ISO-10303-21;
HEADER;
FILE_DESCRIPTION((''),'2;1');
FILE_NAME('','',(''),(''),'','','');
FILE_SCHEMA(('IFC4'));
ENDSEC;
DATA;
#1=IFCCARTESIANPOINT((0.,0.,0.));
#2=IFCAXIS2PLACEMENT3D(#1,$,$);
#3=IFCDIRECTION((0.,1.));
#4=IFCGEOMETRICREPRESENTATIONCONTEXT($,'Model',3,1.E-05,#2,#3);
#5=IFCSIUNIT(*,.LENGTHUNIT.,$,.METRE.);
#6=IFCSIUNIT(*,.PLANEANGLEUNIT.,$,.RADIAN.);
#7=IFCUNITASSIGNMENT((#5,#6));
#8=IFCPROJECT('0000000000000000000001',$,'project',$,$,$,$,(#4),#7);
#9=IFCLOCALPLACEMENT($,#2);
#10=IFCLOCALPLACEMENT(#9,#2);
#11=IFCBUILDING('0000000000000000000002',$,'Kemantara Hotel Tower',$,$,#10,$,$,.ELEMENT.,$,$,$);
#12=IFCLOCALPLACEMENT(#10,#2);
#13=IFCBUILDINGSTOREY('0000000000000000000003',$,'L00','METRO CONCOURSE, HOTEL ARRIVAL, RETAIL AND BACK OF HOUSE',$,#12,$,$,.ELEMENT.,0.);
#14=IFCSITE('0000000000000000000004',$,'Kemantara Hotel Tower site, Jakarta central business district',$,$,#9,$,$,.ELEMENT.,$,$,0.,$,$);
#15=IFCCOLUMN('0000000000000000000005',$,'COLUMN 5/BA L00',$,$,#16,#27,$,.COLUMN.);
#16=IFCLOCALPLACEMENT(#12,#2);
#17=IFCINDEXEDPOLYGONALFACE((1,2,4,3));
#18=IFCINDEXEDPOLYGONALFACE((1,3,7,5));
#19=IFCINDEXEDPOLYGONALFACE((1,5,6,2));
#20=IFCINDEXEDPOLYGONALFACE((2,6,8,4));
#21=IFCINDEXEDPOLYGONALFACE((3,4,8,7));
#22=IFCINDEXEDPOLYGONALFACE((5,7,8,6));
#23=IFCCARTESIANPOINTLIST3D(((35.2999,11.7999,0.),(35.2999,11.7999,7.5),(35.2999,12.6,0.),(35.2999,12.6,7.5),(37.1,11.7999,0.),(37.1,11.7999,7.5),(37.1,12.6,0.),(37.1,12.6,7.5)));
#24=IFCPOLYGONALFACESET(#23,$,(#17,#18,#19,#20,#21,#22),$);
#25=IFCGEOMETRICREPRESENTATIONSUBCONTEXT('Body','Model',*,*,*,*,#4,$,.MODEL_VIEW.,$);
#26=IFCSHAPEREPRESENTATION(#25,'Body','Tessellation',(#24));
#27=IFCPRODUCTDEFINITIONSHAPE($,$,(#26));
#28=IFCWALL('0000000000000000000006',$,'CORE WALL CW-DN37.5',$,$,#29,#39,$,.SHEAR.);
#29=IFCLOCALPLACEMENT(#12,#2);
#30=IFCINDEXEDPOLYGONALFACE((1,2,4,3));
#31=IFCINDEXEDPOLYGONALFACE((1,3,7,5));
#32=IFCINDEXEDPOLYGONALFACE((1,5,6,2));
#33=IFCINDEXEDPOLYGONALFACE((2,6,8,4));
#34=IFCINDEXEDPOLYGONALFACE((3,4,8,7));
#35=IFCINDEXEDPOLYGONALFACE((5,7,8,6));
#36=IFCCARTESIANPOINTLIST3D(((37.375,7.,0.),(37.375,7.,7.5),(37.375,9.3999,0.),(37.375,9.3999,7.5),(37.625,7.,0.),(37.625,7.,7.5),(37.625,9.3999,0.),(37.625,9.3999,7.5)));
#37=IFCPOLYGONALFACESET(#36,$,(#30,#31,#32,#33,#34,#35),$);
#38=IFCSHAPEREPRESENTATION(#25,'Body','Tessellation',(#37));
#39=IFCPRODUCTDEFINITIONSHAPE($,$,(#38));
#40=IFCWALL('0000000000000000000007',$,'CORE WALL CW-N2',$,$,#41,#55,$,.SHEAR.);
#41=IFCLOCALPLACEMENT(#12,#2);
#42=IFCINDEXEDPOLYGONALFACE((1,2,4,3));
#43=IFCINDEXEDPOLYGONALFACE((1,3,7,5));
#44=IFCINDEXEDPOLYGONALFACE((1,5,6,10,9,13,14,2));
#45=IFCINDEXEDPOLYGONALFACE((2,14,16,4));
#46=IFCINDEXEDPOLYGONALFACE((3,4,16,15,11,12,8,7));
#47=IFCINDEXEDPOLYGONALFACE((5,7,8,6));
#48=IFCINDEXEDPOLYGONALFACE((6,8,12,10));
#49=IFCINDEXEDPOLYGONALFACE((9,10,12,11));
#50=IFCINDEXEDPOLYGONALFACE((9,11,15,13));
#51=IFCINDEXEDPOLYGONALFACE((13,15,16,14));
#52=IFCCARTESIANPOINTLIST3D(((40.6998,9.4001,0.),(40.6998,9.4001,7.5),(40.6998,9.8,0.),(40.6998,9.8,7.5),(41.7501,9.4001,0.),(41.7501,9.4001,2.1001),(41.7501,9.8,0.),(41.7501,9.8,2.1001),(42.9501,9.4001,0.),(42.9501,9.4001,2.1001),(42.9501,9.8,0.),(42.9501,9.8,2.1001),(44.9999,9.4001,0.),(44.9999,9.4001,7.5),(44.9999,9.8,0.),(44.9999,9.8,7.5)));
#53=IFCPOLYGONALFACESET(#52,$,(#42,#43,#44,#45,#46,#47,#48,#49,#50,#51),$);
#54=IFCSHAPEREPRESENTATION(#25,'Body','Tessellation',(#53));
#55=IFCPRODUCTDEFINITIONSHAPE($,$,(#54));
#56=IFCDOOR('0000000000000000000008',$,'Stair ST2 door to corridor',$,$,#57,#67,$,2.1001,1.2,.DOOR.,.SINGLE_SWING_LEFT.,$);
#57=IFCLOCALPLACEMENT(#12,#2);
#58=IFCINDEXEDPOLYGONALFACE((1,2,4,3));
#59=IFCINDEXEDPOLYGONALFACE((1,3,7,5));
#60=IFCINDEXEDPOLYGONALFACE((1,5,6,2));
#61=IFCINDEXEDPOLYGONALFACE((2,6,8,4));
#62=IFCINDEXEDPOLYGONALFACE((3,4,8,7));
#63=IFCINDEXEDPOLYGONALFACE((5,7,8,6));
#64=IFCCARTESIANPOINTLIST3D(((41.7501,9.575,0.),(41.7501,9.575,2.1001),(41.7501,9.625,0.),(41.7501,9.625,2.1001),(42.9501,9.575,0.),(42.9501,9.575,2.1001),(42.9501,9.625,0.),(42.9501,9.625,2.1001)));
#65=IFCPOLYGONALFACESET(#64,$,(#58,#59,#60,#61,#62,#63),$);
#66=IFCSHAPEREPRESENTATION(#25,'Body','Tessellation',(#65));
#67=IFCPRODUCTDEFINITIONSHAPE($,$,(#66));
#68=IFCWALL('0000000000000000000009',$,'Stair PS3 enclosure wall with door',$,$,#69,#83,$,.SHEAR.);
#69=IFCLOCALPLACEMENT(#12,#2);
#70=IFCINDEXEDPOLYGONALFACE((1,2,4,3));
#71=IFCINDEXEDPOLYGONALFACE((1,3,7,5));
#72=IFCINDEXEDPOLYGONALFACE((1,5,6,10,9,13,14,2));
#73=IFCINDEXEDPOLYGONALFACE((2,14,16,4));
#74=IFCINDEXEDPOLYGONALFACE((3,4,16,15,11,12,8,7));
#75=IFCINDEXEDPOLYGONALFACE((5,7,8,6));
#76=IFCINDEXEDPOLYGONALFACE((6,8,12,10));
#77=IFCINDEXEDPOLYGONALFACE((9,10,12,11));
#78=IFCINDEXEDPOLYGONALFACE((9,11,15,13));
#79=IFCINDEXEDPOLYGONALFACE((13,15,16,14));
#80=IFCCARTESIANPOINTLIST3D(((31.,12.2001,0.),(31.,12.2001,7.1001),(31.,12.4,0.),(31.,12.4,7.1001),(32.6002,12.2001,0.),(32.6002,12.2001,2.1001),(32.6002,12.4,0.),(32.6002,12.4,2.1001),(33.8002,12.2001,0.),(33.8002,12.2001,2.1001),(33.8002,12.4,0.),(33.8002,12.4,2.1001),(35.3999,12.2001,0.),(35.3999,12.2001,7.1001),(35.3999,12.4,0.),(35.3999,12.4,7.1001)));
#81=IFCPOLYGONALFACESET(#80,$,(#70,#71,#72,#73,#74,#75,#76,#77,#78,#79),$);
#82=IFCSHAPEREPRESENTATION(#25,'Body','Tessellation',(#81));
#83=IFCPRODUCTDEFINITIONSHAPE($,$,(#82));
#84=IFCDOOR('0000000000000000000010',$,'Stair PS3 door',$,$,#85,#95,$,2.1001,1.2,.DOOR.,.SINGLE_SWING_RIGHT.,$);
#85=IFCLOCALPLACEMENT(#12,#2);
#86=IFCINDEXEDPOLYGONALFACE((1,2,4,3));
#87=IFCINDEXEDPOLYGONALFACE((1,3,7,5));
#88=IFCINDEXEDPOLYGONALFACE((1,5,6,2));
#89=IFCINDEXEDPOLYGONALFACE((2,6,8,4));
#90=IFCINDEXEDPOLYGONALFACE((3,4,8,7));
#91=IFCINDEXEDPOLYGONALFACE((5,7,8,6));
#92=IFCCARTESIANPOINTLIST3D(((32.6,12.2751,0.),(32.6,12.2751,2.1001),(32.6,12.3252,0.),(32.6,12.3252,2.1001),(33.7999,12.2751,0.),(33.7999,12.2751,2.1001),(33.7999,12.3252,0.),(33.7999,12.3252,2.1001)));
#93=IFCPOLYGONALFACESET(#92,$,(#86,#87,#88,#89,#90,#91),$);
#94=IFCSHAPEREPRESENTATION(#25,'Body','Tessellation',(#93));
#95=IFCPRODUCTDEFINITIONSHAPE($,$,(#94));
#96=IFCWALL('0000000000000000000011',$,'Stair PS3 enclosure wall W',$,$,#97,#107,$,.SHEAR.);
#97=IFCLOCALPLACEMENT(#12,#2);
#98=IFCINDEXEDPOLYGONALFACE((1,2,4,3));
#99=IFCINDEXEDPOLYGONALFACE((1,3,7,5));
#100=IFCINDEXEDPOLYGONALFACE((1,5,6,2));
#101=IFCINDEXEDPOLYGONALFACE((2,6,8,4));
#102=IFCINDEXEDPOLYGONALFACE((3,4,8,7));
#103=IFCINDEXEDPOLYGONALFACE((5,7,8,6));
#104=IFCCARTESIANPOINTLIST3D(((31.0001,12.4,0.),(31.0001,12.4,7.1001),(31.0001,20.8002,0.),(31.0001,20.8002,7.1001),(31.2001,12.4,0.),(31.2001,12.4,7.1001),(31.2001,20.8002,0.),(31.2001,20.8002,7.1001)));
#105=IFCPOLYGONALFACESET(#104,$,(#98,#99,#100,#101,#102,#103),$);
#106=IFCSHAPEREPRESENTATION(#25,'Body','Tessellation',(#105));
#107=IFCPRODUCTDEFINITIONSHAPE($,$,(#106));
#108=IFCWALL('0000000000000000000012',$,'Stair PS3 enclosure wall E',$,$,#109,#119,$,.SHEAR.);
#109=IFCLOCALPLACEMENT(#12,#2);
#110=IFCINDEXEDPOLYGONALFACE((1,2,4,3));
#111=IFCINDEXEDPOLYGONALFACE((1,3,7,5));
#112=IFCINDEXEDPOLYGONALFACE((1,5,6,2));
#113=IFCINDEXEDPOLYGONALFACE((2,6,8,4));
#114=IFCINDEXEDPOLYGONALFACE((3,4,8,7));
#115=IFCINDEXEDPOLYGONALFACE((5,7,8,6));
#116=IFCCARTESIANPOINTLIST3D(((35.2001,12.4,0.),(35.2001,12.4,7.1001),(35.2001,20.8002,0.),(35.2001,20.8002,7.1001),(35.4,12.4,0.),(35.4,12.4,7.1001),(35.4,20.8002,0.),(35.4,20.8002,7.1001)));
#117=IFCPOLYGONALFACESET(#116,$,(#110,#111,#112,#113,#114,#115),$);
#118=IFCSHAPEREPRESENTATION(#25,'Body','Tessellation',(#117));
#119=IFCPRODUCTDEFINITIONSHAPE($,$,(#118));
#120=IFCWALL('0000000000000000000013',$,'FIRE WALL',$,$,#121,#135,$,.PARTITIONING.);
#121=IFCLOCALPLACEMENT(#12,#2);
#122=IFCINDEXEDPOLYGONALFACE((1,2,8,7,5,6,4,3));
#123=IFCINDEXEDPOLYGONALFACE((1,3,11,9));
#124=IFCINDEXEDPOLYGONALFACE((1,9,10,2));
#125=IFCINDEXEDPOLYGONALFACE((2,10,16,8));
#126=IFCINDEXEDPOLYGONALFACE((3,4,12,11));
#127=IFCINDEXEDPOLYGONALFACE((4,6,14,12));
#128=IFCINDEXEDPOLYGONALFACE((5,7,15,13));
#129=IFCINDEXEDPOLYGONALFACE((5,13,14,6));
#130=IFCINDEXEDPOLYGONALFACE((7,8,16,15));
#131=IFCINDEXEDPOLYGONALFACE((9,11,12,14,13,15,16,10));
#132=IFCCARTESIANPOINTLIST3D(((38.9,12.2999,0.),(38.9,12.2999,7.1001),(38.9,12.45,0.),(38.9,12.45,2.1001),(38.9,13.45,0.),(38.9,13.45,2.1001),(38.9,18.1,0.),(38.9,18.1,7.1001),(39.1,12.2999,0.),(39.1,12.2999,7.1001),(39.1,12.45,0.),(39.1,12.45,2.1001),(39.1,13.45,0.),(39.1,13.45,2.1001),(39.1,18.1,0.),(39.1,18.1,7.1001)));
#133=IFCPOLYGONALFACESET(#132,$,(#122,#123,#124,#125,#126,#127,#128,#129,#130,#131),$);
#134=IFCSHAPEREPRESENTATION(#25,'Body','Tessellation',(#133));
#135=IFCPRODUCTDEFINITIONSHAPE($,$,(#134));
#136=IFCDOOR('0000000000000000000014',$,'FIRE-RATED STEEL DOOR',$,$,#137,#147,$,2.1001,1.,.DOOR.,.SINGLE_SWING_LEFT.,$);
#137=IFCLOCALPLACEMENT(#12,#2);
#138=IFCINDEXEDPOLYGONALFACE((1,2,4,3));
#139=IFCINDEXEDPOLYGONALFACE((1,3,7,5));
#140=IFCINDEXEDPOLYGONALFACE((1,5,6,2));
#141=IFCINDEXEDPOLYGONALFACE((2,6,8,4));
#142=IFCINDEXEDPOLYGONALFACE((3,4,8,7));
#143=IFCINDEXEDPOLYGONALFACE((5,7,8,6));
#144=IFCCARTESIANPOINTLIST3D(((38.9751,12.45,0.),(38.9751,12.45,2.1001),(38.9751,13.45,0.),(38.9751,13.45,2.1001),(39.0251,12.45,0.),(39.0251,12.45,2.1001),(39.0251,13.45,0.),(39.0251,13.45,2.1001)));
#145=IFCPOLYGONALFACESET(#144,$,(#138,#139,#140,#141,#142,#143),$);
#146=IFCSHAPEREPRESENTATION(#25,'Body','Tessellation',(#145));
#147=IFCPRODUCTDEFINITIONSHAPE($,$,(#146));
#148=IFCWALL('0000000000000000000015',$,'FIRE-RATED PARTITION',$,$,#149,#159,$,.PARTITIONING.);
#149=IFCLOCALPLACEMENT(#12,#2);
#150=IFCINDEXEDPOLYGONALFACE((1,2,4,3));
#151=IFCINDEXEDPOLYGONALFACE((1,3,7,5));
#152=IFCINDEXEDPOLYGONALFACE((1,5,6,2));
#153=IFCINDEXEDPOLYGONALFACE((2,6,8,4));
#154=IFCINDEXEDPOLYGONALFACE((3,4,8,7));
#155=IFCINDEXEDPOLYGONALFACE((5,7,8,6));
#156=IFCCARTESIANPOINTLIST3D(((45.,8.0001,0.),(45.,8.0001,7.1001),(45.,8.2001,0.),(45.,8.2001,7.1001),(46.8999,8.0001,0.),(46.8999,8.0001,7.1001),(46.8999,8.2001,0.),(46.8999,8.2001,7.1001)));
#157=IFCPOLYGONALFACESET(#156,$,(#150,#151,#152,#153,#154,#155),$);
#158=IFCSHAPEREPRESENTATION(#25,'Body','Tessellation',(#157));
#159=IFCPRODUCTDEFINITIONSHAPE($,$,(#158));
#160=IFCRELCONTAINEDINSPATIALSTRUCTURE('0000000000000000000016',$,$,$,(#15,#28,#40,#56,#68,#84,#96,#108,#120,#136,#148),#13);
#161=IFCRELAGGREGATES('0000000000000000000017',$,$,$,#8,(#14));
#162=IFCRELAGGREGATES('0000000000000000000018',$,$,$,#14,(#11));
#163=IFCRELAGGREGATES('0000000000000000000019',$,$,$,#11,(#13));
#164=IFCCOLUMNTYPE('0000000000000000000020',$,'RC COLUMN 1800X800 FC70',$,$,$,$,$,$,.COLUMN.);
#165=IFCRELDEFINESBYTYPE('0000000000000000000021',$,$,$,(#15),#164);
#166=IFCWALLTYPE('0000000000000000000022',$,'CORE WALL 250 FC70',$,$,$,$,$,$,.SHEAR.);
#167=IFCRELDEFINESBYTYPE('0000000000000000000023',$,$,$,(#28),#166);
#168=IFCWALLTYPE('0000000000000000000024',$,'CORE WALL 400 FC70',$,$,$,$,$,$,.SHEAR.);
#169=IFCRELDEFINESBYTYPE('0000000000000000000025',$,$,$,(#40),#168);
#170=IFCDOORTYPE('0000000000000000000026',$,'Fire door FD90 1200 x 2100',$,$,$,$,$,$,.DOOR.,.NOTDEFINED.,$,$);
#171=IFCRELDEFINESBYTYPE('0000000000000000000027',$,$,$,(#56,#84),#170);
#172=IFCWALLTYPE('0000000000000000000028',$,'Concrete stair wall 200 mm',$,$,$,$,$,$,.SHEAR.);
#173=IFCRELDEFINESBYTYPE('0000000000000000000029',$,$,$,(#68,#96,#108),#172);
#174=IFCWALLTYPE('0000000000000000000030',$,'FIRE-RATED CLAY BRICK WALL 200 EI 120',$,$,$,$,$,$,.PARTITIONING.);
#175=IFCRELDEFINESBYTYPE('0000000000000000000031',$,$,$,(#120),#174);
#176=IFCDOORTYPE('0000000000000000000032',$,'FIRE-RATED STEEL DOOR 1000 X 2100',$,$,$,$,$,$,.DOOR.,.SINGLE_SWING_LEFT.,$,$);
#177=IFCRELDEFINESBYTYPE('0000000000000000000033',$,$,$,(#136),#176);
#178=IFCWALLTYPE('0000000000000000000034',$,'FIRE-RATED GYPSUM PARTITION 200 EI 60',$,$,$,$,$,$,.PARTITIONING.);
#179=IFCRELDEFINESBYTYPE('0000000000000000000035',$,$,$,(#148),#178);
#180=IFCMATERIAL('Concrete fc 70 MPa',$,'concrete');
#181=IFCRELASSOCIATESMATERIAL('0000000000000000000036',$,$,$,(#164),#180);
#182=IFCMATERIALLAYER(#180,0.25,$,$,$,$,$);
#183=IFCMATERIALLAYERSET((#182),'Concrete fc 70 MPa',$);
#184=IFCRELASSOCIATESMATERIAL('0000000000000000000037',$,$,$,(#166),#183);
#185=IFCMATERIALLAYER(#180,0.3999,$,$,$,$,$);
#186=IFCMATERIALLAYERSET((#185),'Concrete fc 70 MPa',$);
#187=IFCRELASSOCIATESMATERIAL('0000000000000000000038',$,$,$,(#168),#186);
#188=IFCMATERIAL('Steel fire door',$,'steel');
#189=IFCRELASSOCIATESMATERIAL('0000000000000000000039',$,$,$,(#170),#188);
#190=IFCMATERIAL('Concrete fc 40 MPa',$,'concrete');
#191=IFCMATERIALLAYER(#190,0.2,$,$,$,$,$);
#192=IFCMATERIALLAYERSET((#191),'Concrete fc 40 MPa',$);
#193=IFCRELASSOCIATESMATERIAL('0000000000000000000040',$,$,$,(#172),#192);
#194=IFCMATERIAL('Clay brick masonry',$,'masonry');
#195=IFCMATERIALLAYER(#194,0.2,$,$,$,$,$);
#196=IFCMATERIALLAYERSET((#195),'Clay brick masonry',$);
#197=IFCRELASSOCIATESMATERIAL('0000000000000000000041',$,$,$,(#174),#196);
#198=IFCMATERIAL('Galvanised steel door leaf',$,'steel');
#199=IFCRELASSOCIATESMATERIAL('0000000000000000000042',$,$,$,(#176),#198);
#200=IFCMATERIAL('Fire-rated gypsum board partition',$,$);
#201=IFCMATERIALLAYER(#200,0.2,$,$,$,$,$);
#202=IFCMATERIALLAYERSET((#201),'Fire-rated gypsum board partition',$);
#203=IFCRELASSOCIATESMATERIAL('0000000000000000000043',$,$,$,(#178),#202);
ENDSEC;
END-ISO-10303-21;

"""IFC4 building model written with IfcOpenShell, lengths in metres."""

from ifc_helpers import new_model, si_unit, direction, frame, frame_2d, origin, origin_2d, place, context, subcontext, project, spatial, rectangle, extrude, material, layer, layer_set, material_profile, profile_set, type_object, element, fill, save


model = new_model("IFC4")

# Units and contexts
model_context = context("Model", 3, precision=1e-05, world=origin(), true_north=direction((0.0, 1.0)))
body_context = subcontext(model_context, "Body", "Model", "MODEL_VIEW")
ifc_project = project(units=[si_unit("LENGTHUNIT", "METRE"), si_unit("PLANEANGLEUNIT", "RADIAN")], contexts=[model_context])

# Site, building, storey
site_placement = place(None, origin())
site = spatial("IfcSite", under=ifc_project, at=site_placement, Name="Kemantara Hotel Tower site, Jakarta central business district", CompositionType="ELEMENT", RefElevation=0.0)
building_placement = place(site_placement, origin())
building = spatial("IfcBuilding", under=site, at=building_placement, Name="Kemantara Hotel Tower", CompositionType="ELEMENT")
storey_placement = place(building_placement, origin())
storey = spatial("IfcBuildingStorey", under=building, at=storey_placement, Name="L00", Description="METRO CONCOURSE, HOTEL ARRIVAL, RETAIL AND BACK OF HOUSE", CompositionType="ELEMENT", Elevation=0.0)

# Column
ifc_material_1 = material(Name="Concrete fc 70 MPa", Category="concrete")
ifc_material_profile = material_profile(ifc_material_1, rectangle(XDim=1.8, YDim=0.8, at=origin_2d()), Name="RC 1800X800")
ifc_profile_set = profile_set([ifc_material_profile], Name="Concrete fc 70 MPa")
column_type = type_object("IfcColumnType", Name="RC COLUMN 1800X800 FC70", PredefinedType="COLUMN", material=ifc_profile_set)
column_placement = place(storey_placement, frame((36.2, 12.2, 0.0), z_axis=(0.0, 0.0, 1.0), x_axis=(1.0, 0.0, 0.0)))
element("IfcColumn", 1, at=column_placement, inside=storey, type_object=column_type, Name="COLUMN 5/BA L00", PredefinedType="COLUMN", context=body_context, shape_type="SweptSolid", body=[
    extrude(rectangle(XDim=1.8, YDim=0.8, at=origin_2d()), origin(), (0.0, 0.0, 1.0), 7.5),
])

# Wall
ifc_layer_1 = layer(ifc_material_1, 0.25)
ifc_layer_set_1 = layer_set([ifc_layer_1], Name="Concrete fc 70 MPa")
wall_type_1 = type_object("IfcWallType", Name="CORE WALL 250 FC70", PredefinedType="SHEAR", material=ifc_layer_set_1)
wall_1_placement = place(storey_placement, frame((37.5, 7.0, 0.0), z_axis=(0.0, 0.0, 1.0), x_axis=(0.0, 1.0, 0.0)))
element("IfcWall", 2, at=wall_1_placement, inside=storey, type_object=wall_type_1, Name="CORE WALL CW-DN37.5", PredefinedType="SHEAR", context=body_context, shape_type="SweptSolid", body=[
    extrude(rectangle(XDim=2.3999, YDim=0.25, at=frame_2d((1.2, 0.0))), origin(), (0.0, 0.0, 1.0), 7.5),
])

# Walls, openings, doors
ifc_layer_2 = layer(ifc_material_1, 0.3999)
ifc_layer_set_2 = layer_set([ifc_layer_2], Name="Concrete fc 70 MPa")
wall_type_2 = type_object("IfcWallType", Name="CORE WALL 400 FC70", PredefinedType="SHEAR", material=ifc_layer_set_2)
wall_2_placement = place(storey_placement, frame((40.7, 9.6001, 0.0), z_axis=(0.0, 0.0, 1.0), x_axis=(1.0, 0.0, 0.0)))
wall_2 = element("IfcWall", 3, at=wall_2_placement, inside=storey, type_object=wall_type_2, Name="CORE WALL CW-N2", PredefinedType="SHEAR", context=body_context, shape_type="SweptSolid", body=[
    extrude(rectangle(XDim=4.3, YDim=0.3999, at=frame_2d((2.1499, 0.0))), origin(), (0.0, 0.0, 1.0), 7.5),
])
opening_1_placement = place(wall_2_placement, frame((1.05, 0.0, 0.0)))
opening_1 = element("IfcOpeningElement", 4, at=opening_1_placement, cuts=wall_2, PredefinedType="OPENING", context=body_context, shape_type="SweptSolid", body=[
    extrude(rectangle(XDim=1.2, YDim=2.1001, at=frame_2d((0.6001, 1.05))), frame((0.0, 0.21, 0.0), z_axis=(0.0, -1.0, 0.0), x_axis=(1.0, 0.0, 0.0)), (0.0, 0.0, 1.0), 0.4199),
])
ifc_material_2 = material(Name="Steel fire door", Category="steel")
door_type_1 = type_object("IfcDoorType", Name="Fire door FD90 1200 x 2100", OperationType="NOTDEFINED", PredefinedType="DOOR", material=ifc_material_2)
door_1_placement = place(opening_1_placement, origin())
door_1 = element("IfcDoor", 5, at=door_1_placement, inside=storey, type_object=door_type_1, Name="Stair ST2 door to corridor", OperationType="SINGLE_SWING_LEFT", OverallHeight=2.1001, OverallWidth=1.2, PredefinedType="DOOR", context=body_context, shape_type="SweptSolid", body=[
    extrude(rectangle(XDim=1.2, YDim=2.1001, at=frame_2d((0.6001, 1.05))), frame((0.0, 0.0249, 0.0), z_axis=(0.0, -1.0, 0.0), x_axis=(1.0, 0.0, 0.0)), (0.0, 0.0, 1.0), 0.05),
])
fill(opening_1, door_1)
ifc_material_3 = material(Name="Concrete fc 40 MPa", Category="concrete")
ifc_layer_3 = layer(ifc_material_3, 0.2)
ifc_layer_set_3 = layer_set([ifc_layer_3], Name="Concrete fc 40 MPa")
wall_type_3 = type_object("IfcWallType", Name="Concrete stair wall 200 mm", PredefinedType="SHEAR", material=ifc_layer_set_3)
wall_3_placement = place(storey_placement, frame((31.0, 12.3, 0.0), z_axis=(0.0, 0.0, 1.0), x_axis=(1.0, 0.0, 0.0)))
wall_3 = element("IfcWall", 6, at=wall_3_placement, inside=storey, type_object=wall_type_3, Name="Stair PS3 enclosure wall with door", PredefinedType="SHEAR", context=body_context, shape_type="SweptSolid", body=[
    extrude(rectangle(XDim=4.3999, YDim=0.2, at=frame_2d((2.2, 0.0))), origin(), (0.0, 0.0, 1.0), 7.1001),
])
opening_2_placement = place(wall_3_placement, frame((1.6001, 0.0, 0.0)))
opening_2 = element("IfcOpeningElement", 7, at=opening_2_placement, cuts=wall_3, PredefinedType="OPENING", context=body_context, shape_type="SweptSolid", body=[
    extrude(rectangle(XDim=1.2, YDim=2.1001, at=frame_2d((0.6001, 1.05))), frame((0.0, 0.1099, 0.0), z_axis=(0.0, -1.0, 0.0), x_axis=(1.0, 0.0, 0.0)), (0.0, 0.0, 1.0), 0.22),
])
door_2_placement = place(opening_2_placement, frame((1.2, 0.0, 0.0), z_axis=(0.0, 0.0, 1.0), x_axis=(-1.0, 0.0, 0.0)))
door_2 = element("IfcDoor", 8, at=door_2_placement, inside=storey, type_object=door_type_1, Name="Stair PS3 door", OperationType="SINGLE_SWING_RIGHT", OverallHeight=2.1001, OverallWidth=1.2, PredefinedType="DOOR", context=body_context, shape_type="SweptSolid", body=[
    extrude(rectangle(XDim=1.2, YDim=2.1001, at=frame_2d((0.6001, 1.05))), frame((0.0, 0.0249, 0.0), z_axis=(0.0, -1.0, 0.0), x_axis=(1.0, 0.0, 0.0)), (0.0, 0.0, 1.0), 0.05),
])
fill(opening_2, door_2)

# Walls
for number, where, z_axis, x_axis, name in (
    (9, (31.1001, 12.3999, 0.0), (0.0, 0.0, 1.0), (0.0, 1.0, 0.0), "Stair PS3 enclosure wall W"),
    (10, (35.3, 12.3999, 0.0), (0.0, 0.0, 1.0), (0.0, 1.0, 0.0), "Stair PS3 enclosure wall E"),
):
    element("IfcWall", number, at=place(storey_placement, frame(where, z_axis=z_axis, x_axis=x_axis)), inside=storey, type_object=wall_type_3, Name=name, PredefinedType="SHEAR", context=body_context, shape_type="SweptSolid", body=[
        extrude(rectangle(XDim=8.4001, YDim=0.2, at=frame_2d((4.2002, 0.0))), origin(), (0.0, 0.0, 1.0), 7.1001),
    ])

# Wall, opening, door
ifc_material_4 = material(Name="Clay brick masonry", Category="masonry")
ifc_layer_4 = layer(ifc_material_4, 0.2)
ifc_layer_set_4 = layer_set([ifc_layer_4], Name="Clay brick masonry")
wall_type_4 = type_object("IfcWallType", Name="FIRE-RATED CLAY BRICK WALL 200 EI 120", PredefinedType="PARTITIONING", material=ifc_layer_set_4)
wall_4_placement = place(storey_placement, frame((39.0, 12.3, 0.0), z_axis=(0.0, 0.0, 1.0), x_axis=(0.0, 1.0, 0.0)))
wall_4 = element("IfcWall", 11, at=wall_4_placement, inside=storey, type_object=wall_type_4, Name="FIRE WALL", PredefinedType="PARTITIONING", context=body_context, shape_type="SweptSolid", body=[
    extrude(rectangle(XDim=5.8, YDim=0.2, at=frame_2d((2.8999, 0.0))), origin(), (0.0, 0.0, 1.0), 7.1001),
])
opening_3_placement = place(wall_4_placement, frame((0.1499, 0.0, 0.0)))
opening_3 = element("IfcOpeningElement", 12, at=opening_3_placement, cuts=wall_4, PredefinedType="OPENING", context=body_context, shape_type="SweptSolid", body=[
    extrude(rectangle(XDim=1.0, YDim=2.1001, at=frame_2d((0.5, 1.05))), frame((0.0, 0.1099, 0.0), z_axis=(0.0, -1.0, 0.0), x_axis=(1.0, 0.0, 0.0)), (0.0, 0.0, 1.0), 0.22),
])
ifc_material_5 = material(Name="Galvanised steel door leaf", Category="steel")
door_type_2 = type_object("IfcDoorType", Name="FIRE-RATED STEEL DOOR 1000 X 2100", OperationType="SINGLE_SWING_LEFT", PredefinedType="DOOR", material=ifc_material_5)
door_3_placement = place(opening_3_placement, origin())
door_3 = element("IfcDoor", 13, at=door_3_placement, inside=storey, type_object=door_type_2, Name="FIRE-RATED STEEL DOOR", OperationType="SINGLE_SWING_LEFT", OverallHeight=2.1001, OverallWidth=1.0, PredefinedType="DOOR", context=body_context, shape_type="SweptSolid", body=[
    extrude(rectangle(XDim=1.0, YDim=2.1001, at=frame_2d((0.5, 1.05))), frame((0.0, 0.0249, 0.0), z_axis=(0.0, -1.0, 0.0), x_axis=(1.0, 0.0, 0.0)), (0.0, 0.0, 1.0), 0.05),
])
fill(opening_3, door_3)

# Wall
ifc_material_6 = material(Name="Fire-rated gypsum board partition")
ifc_layer_5 = layer(ifc_material_6, 0.2)
ifc_layer_set_5 = layer_set([ifc_layer_5], Name="Fire-rated gypsum board partition")
wall_type_5 = type_object("IfcWallType", Name="FIRE-RATED GYPSUM PARTITION 200 EI 60", PredefinedType="PARTITIONING", material=ifc_layer_set_5)
wall_5_placement = place(storey_placement, frame((45.0, 8.1001, 0.0), z_axis=(0.0, 0.0, 1.0), x_axis=(1.0, 0.0, 0.0)))
element("IfcWall", 14, at=wall_5_placement, inside=storey, type_object=wall_type_5, Name="FIRE-RATED PARTITION", PredefinedType="PARTITIONING", context=body_context, shape_type="SweptSolid", body=[
    extrude(rectangle(XDim=1.8999, YDim=0.2, at=frame_2d((0.95, 0.0))), origin(), (0.0, 0.0, 1.0), 7.1001),
])

save(model, "model.ifc")
